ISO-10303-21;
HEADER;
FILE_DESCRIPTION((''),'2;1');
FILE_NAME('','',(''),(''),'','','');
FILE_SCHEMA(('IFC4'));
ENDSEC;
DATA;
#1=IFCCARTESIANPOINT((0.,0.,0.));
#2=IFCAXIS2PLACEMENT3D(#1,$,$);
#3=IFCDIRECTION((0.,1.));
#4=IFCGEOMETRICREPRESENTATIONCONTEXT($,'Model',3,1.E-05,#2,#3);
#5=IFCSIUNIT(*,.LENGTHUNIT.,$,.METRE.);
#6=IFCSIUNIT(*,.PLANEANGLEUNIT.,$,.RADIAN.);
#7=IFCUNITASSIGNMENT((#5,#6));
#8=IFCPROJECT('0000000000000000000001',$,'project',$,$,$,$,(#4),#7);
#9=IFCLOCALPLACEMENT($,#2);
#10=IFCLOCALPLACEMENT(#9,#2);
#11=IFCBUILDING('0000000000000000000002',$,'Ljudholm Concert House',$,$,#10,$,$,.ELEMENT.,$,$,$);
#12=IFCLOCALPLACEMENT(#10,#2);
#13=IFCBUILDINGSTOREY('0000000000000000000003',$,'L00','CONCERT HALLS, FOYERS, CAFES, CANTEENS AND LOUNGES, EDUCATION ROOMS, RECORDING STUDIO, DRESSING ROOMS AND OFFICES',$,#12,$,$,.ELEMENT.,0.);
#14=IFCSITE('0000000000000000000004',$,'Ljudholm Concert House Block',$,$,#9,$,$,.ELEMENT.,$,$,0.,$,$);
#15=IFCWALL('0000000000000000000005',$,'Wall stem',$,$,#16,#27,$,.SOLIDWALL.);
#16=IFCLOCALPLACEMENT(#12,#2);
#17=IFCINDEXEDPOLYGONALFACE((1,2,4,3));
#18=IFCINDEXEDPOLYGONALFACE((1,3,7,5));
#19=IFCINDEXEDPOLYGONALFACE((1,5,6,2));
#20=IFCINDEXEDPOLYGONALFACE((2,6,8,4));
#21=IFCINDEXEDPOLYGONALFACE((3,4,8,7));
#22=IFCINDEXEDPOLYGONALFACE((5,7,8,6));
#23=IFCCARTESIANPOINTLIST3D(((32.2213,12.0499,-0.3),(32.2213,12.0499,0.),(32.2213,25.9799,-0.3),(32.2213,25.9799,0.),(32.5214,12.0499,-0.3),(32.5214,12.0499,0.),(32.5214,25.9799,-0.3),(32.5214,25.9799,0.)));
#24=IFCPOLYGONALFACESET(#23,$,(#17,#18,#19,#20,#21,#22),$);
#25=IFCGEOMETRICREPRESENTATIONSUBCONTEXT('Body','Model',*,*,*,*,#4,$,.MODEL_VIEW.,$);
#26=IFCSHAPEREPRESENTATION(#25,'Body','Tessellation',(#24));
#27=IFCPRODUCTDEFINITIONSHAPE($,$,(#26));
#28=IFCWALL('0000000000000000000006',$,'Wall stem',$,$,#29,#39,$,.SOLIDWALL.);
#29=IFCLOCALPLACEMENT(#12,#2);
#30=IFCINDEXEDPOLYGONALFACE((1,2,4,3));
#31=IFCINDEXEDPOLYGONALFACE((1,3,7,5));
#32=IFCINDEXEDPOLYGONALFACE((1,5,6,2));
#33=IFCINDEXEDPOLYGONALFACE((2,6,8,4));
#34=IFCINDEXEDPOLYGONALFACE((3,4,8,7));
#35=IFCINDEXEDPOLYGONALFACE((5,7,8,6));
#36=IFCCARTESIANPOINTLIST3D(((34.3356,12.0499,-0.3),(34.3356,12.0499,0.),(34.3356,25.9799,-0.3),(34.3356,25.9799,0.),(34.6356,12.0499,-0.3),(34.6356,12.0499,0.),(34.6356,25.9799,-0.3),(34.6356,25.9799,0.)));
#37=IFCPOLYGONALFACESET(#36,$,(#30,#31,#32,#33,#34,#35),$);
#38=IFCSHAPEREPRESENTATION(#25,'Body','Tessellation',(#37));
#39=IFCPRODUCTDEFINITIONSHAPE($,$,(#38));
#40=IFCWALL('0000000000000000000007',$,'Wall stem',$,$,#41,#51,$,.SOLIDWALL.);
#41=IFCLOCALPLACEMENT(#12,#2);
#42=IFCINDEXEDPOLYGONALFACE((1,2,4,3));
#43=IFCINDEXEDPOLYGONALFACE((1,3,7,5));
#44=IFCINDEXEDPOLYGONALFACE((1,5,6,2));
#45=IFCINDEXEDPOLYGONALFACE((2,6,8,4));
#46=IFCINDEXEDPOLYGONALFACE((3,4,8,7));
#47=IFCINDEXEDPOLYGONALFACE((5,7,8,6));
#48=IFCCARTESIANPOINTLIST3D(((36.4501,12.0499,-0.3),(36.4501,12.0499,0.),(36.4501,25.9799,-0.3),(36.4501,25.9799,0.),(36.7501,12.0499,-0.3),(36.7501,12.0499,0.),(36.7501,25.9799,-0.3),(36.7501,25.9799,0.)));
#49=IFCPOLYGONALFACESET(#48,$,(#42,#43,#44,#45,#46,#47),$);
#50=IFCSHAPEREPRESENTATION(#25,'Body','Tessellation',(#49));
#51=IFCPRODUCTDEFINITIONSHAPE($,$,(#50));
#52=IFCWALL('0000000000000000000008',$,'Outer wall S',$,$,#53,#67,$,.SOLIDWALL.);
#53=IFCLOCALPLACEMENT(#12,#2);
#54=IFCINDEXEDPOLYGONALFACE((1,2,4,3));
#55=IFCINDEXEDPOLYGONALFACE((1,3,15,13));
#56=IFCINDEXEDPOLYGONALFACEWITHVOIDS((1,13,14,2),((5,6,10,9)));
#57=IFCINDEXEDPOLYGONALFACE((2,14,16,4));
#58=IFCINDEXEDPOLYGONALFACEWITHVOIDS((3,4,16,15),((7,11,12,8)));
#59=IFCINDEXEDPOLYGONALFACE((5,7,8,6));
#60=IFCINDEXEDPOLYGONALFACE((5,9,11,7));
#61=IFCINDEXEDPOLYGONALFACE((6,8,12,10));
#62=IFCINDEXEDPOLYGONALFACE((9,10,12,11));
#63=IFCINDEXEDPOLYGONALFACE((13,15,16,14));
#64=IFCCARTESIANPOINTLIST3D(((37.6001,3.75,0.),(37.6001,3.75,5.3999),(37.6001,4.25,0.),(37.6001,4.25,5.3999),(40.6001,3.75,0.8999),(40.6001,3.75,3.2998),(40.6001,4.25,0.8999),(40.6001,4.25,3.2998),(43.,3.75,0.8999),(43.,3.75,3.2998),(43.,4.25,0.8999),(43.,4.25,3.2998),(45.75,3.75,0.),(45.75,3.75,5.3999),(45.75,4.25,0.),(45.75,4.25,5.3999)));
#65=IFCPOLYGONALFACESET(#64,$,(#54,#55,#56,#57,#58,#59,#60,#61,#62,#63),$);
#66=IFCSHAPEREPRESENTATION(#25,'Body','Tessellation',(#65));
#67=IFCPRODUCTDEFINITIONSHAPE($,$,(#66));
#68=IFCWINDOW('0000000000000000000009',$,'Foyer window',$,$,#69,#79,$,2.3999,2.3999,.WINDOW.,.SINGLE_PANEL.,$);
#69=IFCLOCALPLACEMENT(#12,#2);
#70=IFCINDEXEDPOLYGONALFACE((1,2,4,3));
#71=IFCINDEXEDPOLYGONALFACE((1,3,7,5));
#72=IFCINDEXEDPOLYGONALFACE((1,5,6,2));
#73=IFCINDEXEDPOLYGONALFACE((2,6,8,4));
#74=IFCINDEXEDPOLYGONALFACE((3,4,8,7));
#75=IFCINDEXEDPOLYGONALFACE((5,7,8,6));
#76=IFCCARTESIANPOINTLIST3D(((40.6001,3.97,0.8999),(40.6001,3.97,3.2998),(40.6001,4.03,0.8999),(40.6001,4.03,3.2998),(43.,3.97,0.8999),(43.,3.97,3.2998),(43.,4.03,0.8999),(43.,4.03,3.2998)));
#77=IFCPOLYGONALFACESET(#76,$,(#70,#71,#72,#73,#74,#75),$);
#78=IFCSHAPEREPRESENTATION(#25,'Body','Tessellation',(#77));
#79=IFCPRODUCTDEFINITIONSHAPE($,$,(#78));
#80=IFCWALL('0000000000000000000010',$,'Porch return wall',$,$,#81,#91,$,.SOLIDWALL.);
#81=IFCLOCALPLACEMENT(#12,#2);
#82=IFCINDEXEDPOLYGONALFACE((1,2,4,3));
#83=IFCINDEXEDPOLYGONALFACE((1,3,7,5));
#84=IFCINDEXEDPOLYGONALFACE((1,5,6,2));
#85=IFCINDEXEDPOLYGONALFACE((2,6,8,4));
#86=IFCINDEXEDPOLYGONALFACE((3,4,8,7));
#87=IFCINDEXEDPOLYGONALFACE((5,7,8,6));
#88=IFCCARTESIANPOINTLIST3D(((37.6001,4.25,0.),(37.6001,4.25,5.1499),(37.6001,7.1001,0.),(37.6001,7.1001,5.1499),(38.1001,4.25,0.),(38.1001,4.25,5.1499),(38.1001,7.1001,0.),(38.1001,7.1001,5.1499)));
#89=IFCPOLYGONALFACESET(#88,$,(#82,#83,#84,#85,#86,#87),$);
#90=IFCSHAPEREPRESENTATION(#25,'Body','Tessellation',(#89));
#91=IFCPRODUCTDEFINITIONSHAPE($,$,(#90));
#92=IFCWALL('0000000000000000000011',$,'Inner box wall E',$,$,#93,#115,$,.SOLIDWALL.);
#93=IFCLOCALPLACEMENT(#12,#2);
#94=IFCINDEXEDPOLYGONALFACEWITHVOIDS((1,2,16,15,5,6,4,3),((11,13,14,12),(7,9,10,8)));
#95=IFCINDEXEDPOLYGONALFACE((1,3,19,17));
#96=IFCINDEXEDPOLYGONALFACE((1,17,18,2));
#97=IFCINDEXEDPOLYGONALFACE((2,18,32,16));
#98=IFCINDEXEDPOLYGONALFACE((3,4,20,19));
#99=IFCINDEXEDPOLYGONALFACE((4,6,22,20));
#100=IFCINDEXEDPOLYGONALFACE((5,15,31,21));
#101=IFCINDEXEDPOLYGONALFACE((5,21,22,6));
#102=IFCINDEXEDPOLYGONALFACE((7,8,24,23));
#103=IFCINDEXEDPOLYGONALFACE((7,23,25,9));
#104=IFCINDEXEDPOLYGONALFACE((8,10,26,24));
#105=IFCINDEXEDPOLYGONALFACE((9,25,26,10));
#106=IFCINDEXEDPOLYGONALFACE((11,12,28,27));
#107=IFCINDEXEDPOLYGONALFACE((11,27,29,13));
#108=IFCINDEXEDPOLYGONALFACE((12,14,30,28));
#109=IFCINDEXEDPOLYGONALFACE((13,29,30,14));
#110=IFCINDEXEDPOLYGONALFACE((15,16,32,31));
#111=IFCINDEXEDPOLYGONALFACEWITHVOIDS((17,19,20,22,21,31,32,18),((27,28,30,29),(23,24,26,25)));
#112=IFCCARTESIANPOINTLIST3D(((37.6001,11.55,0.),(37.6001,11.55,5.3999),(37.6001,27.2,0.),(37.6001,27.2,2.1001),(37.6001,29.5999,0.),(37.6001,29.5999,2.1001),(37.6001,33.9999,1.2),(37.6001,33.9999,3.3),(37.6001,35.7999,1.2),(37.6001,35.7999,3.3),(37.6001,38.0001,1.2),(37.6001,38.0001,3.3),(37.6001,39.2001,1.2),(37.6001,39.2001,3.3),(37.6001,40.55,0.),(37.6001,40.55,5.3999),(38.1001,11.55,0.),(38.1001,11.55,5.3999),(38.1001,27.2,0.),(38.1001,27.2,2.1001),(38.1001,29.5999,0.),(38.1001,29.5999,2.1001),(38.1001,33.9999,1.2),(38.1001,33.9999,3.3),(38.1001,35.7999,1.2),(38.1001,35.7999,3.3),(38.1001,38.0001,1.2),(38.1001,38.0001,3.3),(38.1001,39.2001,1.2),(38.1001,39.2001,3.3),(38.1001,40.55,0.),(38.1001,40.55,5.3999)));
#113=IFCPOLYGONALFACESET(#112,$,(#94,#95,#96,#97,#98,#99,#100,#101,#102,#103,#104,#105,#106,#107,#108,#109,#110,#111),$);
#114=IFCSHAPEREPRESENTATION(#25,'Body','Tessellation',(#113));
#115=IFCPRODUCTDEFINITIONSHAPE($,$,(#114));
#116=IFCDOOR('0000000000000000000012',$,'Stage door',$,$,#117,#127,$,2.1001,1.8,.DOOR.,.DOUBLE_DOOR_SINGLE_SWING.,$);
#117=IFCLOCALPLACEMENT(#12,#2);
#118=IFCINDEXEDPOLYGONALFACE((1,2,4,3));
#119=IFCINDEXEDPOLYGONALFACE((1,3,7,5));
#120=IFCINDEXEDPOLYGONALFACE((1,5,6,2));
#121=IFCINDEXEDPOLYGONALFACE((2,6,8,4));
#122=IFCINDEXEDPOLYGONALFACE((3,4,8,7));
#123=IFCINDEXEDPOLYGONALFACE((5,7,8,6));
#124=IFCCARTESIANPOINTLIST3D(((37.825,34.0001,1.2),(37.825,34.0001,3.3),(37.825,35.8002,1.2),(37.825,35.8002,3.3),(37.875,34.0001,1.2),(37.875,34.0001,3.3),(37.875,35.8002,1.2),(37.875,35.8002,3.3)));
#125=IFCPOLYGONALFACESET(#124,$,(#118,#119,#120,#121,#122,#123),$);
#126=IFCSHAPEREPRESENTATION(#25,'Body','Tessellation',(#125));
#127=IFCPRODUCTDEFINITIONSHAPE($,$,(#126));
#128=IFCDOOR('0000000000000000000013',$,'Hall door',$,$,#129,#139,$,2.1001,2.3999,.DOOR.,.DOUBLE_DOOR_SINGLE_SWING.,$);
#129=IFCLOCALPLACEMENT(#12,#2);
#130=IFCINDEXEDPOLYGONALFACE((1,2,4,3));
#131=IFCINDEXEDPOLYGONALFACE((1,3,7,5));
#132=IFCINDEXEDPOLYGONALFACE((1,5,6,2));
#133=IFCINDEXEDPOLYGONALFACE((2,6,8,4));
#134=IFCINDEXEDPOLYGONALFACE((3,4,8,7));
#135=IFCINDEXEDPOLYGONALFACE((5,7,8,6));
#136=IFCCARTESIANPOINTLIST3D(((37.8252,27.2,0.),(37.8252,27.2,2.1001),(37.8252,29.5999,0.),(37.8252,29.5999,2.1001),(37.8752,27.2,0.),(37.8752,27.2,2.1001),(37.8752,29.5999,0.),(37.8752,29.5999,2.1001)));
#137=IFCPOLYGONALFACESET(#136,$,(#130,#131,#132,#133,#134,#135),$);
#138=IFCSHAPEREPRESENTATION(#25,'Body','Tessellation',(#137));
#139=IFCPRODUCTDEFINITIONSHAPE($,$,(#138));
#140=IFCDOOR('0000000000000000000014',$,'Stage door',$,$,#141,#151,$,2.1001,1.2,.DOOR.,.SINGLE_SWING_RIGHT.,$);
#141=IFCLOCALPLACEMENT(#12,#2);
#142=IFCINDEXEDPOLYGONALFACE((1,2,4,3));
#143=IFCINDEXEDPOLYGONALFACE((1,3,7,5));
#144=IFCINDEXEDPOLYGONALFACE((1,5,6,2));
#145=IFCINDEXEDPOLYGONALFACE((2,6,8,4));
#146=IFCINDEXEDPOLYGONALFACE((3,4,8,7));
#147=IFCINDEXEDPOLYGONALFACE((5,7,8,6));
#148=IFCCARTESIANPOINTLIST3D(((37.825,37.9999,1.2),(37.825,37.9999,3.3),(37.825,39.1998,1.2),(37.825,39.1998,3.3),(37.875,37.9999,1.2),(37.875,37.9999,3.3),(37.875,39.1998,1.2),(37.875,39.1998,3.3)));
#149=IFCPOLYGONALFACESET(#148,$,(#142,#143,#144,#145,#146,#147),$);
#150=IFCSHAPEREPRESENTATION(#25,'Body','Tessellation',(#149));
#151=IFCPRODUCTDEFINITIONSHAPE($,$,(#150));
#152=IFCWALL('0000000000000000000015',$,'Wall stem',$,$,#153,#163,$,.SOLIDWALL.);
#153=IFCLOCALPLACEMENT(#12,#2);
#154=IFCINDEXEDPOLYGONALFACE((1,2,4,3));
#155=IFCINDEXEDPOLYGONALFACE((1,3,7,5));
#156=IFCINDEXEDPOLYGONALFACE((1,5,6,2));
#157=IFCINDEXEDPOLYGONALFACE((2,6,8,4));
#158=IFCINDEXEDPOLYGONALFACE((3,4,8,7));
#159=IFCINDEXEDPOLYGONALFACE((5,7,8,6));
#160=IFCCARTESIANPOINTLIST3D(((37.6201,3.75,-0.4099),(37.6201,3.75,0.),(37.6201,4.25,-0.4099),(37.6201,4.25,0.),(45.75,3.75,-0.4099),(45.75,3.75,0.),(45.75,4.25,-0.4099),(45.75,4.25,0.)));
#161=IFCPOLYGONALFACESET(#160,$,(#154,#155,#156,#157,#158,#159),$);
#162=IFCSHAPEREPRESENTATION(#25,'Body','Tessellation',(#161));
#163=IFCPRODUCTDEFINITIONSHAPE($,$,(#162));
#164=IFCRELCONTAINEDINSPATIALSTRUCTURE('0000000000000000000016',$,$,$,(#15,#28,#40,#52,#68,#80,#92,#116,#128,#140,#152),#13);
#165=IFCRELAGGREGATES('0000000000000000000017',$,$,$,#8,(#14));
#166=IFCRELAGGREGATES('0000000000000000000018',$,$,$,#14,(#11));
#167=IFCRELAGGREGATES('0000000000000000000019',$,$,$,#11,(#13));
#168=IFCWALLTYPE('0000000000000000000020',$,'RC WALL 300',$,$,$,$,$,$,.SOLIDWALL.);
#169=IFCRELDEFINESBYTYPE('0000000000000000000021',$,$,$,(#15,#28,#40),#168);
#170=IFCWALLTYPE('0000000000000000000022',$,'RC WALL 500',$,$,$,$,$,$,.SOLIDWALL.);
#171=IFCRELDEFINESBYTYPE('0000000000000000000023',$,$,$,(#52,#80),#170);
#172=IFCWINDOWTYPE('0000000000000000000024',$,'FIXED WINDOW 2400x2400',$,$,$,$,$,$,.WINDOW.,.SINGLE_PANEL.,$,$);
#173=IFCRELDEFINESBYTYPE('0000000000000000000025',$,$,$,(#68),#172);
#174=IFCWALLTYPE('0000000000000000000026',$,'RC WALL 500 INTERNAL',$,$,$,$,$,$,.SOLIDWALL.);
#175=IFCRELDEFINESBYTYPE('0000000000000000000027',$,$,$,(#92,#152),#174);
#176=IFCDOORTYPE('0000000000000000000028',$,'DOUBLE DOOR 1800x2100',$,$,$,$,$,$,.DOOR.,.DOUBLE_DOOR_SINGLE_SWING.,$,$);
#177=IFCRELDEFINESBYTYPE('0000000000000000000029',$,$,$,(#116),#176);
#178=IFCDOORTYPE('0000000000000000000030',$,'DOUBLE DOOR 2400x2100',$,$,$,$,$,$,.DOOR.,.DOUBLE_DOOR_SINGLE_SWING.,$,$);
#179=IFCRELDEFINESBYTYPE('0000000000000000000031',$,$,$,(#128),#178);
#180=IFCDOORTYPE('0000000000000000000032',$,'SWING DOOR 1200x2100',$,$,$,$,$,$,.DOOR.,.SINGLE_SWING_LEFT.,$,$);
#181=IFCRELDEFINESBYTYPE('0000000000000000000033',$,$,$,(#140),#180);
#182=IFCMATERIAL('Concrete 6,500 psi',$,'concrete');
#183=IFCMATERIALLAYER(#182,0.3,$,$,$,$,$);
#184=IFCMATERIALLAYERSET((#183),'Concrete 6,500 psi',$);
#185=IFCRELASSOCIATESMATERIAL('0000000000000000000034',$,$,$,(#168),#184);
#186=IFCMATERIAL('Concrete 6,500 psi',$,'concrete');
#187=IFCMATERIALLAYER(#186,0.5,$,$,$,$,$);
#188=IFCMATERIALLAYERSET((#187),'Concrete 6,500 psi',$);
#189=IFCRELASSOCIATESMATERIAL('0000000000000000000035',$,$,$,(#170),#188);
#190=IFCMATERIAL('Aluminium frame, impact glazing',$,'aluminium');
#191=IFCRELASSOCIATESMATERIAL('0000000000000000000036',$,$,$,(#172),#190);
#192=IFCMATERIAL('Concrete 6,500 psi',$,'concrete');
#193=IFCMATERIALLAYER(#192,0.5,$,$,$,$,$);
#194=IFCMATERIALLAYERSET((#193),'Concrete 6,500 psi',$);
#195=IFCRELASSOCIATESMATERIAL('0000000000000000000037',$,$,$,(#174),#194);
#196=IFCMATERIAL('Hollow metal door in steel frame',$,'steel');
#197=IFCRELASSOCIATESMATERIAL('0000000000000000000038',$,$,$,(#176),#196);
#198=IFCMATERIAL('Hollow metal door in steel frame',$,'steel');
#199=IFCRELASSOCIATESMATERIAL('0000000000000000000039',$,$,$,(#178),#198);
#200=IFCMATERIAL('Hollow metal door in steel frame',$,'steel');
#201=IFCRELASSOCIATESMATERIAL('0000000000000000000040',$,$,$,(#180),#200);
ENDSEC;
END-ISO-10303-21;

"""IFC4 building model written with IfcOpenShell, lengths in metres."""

from ifc_helpers import new_model, si_unit, direction, frame, frame_2d, origin, place, context, subcontext, project, spatial, rectangle, extrude, material, layer, layer_set, type_object, element, fill, save


model = new_model("IFC4")

# Units and contexts
model_context = context("Model", 3, precision=1e-05, world=origin(), true_north=direction((0.0, 1.0)))
body_context = subcontext(model_context, "Body", "Model", "MODEL_VIEW")
ifc_project = project(units=[si_unit("LENGTHUNIT", "METRE"), si_unit("PLANEANGLEUNIT", "RADIAN")], contexts=[model_context])

# Site, building, storey
site_placement = place(None, origin())
site = spatial("IfcSite", under=ifc_project, at=site_placement, Name="Ljudholm Concert House Block", CompositionType="ELEMENT", RefElevation=0.0)
building_placement = place(site_placement, origin())
building = spatial("IfcBuilding", under=site, at=building_placement, Name="Ljudholm Concert House", CompositionType="ELEMENT")
storey_placement = place(building_placement, origin())
storey = spatial("IfcBuildingStorey", under=building, at=storey_placement, Name="L00", Description="CONCERT HALLS, FOYERS, CAFES, CANTEENS AND LOUNGES, EDUCATION ROOMS, RECORDING STUDIO, DRESSING ROOMS AND OFFICES", CompositionType="ELEMENT", Elevation=0.0)

# Walls
ifc_material_1 = material(Name="Concrete 6,500 psi", Category="concrete")
ifc_layer_1 = layer(ifc_material_1, 0.3)
ifc_layer_set_1 = layer_set([ifc_layer_1], Name="Concrete 6,500 psi")
wall_type_1 = type_object("IfcWallType", Name="RC WALL 300", PredefinedType="SOLIDWALL", material=ifc_layer_set_1)
for number, where, z_axis, x_axis, name in (
    (1, (32.3713, 12.05, -0.3), (0.0, 0.0, 1.0), (0.0, 1.0, 0.0), "Wall stem"),
    (2, (34.4856, 12.05, -0.3), (0.0, 0.0, 1.0), (0.0, 1.0, 0.0), "Wall stem"),
    (3, (36.6001, 12.05, -0.3), (0.0, 0.0, 1.0), (0.0, 1.0, 0.0), "Wall stem"),
):
    element("IfcWall", number, at=place(storey_placement, frame(where, z_axis=z_axis, x_axis=x_axis)), inside=storey, type_object=wall_type_1, Name=name, PredefinedType="SOLIDWALL", context=body_context, shape_type="SweptSolid", body=[
        extrude(rectangle(XDim=13.9299, YDim=0.3, at=frame_2d((6.9648, 0.0))), origin(), (0.0, 0.0, 1.0), 0.3),
    ])

# Wall, opening, window
ifc_material_2 = material(Name="Concrete 6,500 psi", Category="concrete")
ifc_layer_2 = layer(ifc_material_2, 0.5)
ifc_layer_set_2 = layer_set([ifc_layer_2], Name="Concrete 6,500 psi")
wall_type_2 = type_object("IfcWallType", Name="RC WALL 500", PredefinedType="SOLIDWALL", material=ifc_layer_set_2)
wall_1_placement = place(storey_placement, frame((37.6001, 4.0, 0.0), z_axis=(0.0, 0.0, 1.0), x_axis=(1.0, 0.0, 0.0)))
wall_1 = element("IfcWall", 4, at=wall_1_placement, inside=storey, type_object=wall_type_2, Name="Outer wall S", PredefinedType="SOLIDWALL", context=body_context, shape_type="SweptSolid", body=[
    extrude(rectangle(XDim=8.1499, YDim=0.5, at=frame_2d((4.075, 0.0))), origin(), (0.0, 0.0, 1.0), 5.3999),
])
opening_1_placement = place(wall_1_placement, frame((3.0, 0.0, 0.8999)))
opening_1 = element("IfcOpeningElement", 5, at=opening_1_placement, cuts=wall_1, PredefinedType="OPENING", context=body_context, shape_type="SweptSolid", body=[
    extrude(rectangle(XDim=2.3999, YDim=2.3999, at=frame_2d((1.2, 1.2))), frame((0.0, 0.26, 0.0), z_axis=(0.0, -1.0, 0.0), x_axis=(1.0, 0.0, 0.0)), (0.0, 0.0, 1.0), 0.52),
])
ifc_material_3 = material(Name="Aluminium frame, impact glazing", Category="aluminium")
window_type = type_object("IfcWindowType", Name="FIXED WINDOW 2400x2400", PartitioningType="SINGLE_PANEL", PredefinedType="WINDOW", material=ifc_material_3)
window_placement = place(opening_1_placement, origin())
window = element("IfcWindow", 6, at=window_placement, inside=storey, type_object=window_type, Name="Foyer window", OverallHeight=2.3999, OverallWidth=2.3999, PartitioningType="SINGLE_PANEL", PredefinedType="WINDOW", context=body_context, shape_type="SweptSolid", body=[
    extrude(rectangle(XDim=2.3999, YDim=2.3999, at=frame_2d((1.2, 1.2))), frame((0.0, 0.03, 0.0), z_axis=(0.0, -1.0, 0.0), x_axis=(1.0, 0.0, 0.0)), (0.0, 0.0, 1.0), 0.0601),
])
fill(opening_1, window)

# Wall
wall_2_placement = place(storey_placement, frame((37.8501, 4.25, 0.0), z_axis=(0.0, 0.0, 1.0), x_axis=(0.0, 1.0, 0.0)))
element("IfcWall", 7, at=wall_2_placement, inside=storey, type_object=wall_type_2, Name="Porch return wall", PredefinedType="SOLIDWALL", context=body_context, shape_type="SweptSolid", body=[
    extrude(rectangle(XDim=2.8501, YDim=0.5, at=frame_2d((1.425, 0.0))), origin(), (0.0, 0.0, 1.0), 5.1499),
])

# Wall, openings, doors
ifc_material_4 = material(Name="Concrete 6,500 psi", Category="concrete")
ifc_layer_3 = layer(ifc_material_4, 0.5)
ifc_layer_set_3 = layer_set([ifc_layer_3], Name="Concrete 6,500 psi")
wall_type_3 = type_object("IfcWallType", Name="RC WALL 500 INTERNAL", PredefinedType="SOLIDWALL", material=ifc_layer_set_3)
wall_3_placement = place(storey_placement, frame((37.8501, 11.55, 0.0), z_axis=(0.0, 0.0, 1.0), x_axis=(0.0, 1.0, 0.0)))
wall_3 = element("IfcWall", 8, at=wall_3_placement, inside=storey, type_object=wall_type_3, Name="Inner box wall E", PredefinedType="SOLIDWALL", context=body_context, shape_type="SweptSolid", body=[
    extrude(rectangle(XDim=29.0, YDim=0.5, at=frame_2d((14.5, 0.0))), origin(), (0.0, 0.0, 1.0), 5.3999),
])
opening_2_placement = place(wall_3_placement, frame((15.6499, 0.0, 0.0)))
opening_2 = element("IfcOpeningElement", 9, at=opening_2_placement, cuts=wall_3, PredefinedType="OPENING", context=body_context, shape_type="SweptSolid", body=[
    extrude(rectangle(XDim=2.3999, YDim=2.1001, at=frame_2d((1.2, 1.05))), frame((0.0, 0.26, 0.0), z_axis=(0.0, -1.0, 0.0), x_axis=(1.0, 0.0, 0.0)), (0.0, 0.0, 1.0), 0.52),
])
opening_3_placement = place(wall_3_placement, frame((22.45, 0.0, 1.2)))
opening_3 = element("IfcOpeningElement", 10, at=opening_3_placement, cuts=wall_3, PredefinedType="OPENING", context=body_context, shape_type="SweptSolid", body=[
    extrude(rectangle(XDim=1.8, YDim=2.1001, at=frame_2d((0.8999, 1.05))), frame((0.0, 0.26, 0.0), z_axis=(0.0, -1.0, 0.0), x_axis=(1.0, 0.0, 0.0)), (0.0, 0.0, 1.0), 0.52),
])
opening_4_placement = place(wall_3_placement, frame((26.45, 0.0, 1.2)))
opening_4 = element("IfcOpeningElement", 11, at=opening_4_placement, cuts=wall_3, PredefinedType="OPENING", context=body_context, shape_type="SweptSolid", body=[
    extrude(rectangle(XDim=1.2, YDim=2.1001, at=frame_2d((0.6001, 1.05))), frame((0.0, 0.26, 0.0), z_axis=(0.0, -1.0, 0.0), x_axis=(1.0, 0.0, 0.0)), (0.0, 0.0, 1.0), 0.52),
])
ifc_material_5 = material(Name="Hollow metal door in steel frame", Category="steel")
door_type_1 = type_object("IfcDoorType", Name="DOUBLE DOOR 1800x2100", OperationType="DOUBLE_DOOR_SINGLE_SWING", PredefinedType="DOOR", material=ifc_material_5)
door_1_placement = place(opening_3_placement, frame((1.8, 0.0, 0.0), z_axis=(0.0, 0.0, 1.0), x_axis=(-1.0, 0.0, 0.0)))
door_1 = element("IfcDoor", 12, at=door_1_placement, inside=storey, type_object=door_type_1, Name="Stage door", OperationType="DOUBLE_DOOR_SINGLE_SWING", OverallHeight=2.1001, OverallWidth=1.8, PredefinedType="DOOR", context=body_context, shape_type="SweptSolid", body=[
    extrude(rectangle(XDim=1.8, YDim=2.1001, at=frame_2d((0.8999, 1.05))), frame((0.0, 0.0249, 0.0), z_axis=(0.0, -1.0, 0.0), x_axis=(1.0, 0.0, 0.0)), (0.0, 0.0, 1.0), 0.05),
])
fill(opening_3, door_1)
ifc_material_6 = material(Name="Hollow metal door in steel frame", Category="steel")
door_type_2 = type_object("IfcDoorType", Name="DOUBLE DOOR 2400x2100", OperationType="DOUBLE_DOOR_SINGLE_SWING", PredefinedType="DOOR", material=ifc_material_6)
door_2_placement = place(opening_2_placement, origin())
door_2 = element("IfcDoor", 13, at=door_2_placement, inside=storey, type_object=door_type_2, Name="Hall door", OperationType="DOUBLE_DOOR_SINGLE_SWING", OverallHeight=2.1001, OverallWidth=2.3999, PredefinedType="DOOR", context=body_context, shape_type="SweptSolid", body=[
    extrude(rectangle(XDim=2.3999, YDim=2.1001, at=frame_2d((1.2, 1.05))), frame((0.0, 0.0249, 0.0), z_axis=(0.0, -1.0, 0.0), x_axis=(1.0, 0.0, 0.0)), (0.0, 0.0, 1.0), 0.05),
])
fill(opening_2, door_2)
ifc_material_7 = material(Name="Hollow metal door in steel frame", Category="steel")
door_type_3 = type_object("IfcDoorType", Name="SWING DOOR 1200x2100", OperationType="SINGLE_SWING_LEFT", PredefinedType="DOOR", material=ifc_material_7)
door_3_placement = place(opening_4_placement, frame((1.2, 0.0, 0.0), z_axis=(0.0, 0.0, 1.0), x_axis=(-1.0, 0.0, 0.0)))
door_3 = element("IfcDoor", 14, at=door_3_placement, inside=storey, type_object=door_type_3, Name="Stage door", OperationType="SINGLE_SWING_RIGHT", OverallHeight=2.1001, OverallWidth=1.2, PredefinedType="DOOR", context=body_context, shape_type="SweptSolid", body=[
    extrude(rectangle(XDim=1.2, YDim=2.1001, at=frame_2d((0.6001, 1.05))), frame((0.0, 0.0249, 0.0), z_axis=(0.0, -1.0, 0.0), x_axis=(1.0, 0.0, 0.0)), (0.0, 0.0, 1.0), 0.05),
])
fill(opening_4, door_3)

# Wall
wall_4_placement = place(storey_placement, frame((37.6201, 4.0, -0.4099), z_axis=(0.0, 0.0, 1.0), x_axis=(1.0, 0.0, 0.0)))
element("IfcWall", 15, at=wall_4_placement, inside=storey, type_object=wall_type_3, Name="Wall stem", PredefinedType="SOLIDWALL", context=body_context, shape_type="SweptSolid", body=[
    extrude(rectangle(XDim=8.1299, YDim=0.5, at=frame_2d((4.0649, 0.0))), origin(), (0.0, 0.0, 1.0), 0.4099),
])

save(model, "model.ifc")
